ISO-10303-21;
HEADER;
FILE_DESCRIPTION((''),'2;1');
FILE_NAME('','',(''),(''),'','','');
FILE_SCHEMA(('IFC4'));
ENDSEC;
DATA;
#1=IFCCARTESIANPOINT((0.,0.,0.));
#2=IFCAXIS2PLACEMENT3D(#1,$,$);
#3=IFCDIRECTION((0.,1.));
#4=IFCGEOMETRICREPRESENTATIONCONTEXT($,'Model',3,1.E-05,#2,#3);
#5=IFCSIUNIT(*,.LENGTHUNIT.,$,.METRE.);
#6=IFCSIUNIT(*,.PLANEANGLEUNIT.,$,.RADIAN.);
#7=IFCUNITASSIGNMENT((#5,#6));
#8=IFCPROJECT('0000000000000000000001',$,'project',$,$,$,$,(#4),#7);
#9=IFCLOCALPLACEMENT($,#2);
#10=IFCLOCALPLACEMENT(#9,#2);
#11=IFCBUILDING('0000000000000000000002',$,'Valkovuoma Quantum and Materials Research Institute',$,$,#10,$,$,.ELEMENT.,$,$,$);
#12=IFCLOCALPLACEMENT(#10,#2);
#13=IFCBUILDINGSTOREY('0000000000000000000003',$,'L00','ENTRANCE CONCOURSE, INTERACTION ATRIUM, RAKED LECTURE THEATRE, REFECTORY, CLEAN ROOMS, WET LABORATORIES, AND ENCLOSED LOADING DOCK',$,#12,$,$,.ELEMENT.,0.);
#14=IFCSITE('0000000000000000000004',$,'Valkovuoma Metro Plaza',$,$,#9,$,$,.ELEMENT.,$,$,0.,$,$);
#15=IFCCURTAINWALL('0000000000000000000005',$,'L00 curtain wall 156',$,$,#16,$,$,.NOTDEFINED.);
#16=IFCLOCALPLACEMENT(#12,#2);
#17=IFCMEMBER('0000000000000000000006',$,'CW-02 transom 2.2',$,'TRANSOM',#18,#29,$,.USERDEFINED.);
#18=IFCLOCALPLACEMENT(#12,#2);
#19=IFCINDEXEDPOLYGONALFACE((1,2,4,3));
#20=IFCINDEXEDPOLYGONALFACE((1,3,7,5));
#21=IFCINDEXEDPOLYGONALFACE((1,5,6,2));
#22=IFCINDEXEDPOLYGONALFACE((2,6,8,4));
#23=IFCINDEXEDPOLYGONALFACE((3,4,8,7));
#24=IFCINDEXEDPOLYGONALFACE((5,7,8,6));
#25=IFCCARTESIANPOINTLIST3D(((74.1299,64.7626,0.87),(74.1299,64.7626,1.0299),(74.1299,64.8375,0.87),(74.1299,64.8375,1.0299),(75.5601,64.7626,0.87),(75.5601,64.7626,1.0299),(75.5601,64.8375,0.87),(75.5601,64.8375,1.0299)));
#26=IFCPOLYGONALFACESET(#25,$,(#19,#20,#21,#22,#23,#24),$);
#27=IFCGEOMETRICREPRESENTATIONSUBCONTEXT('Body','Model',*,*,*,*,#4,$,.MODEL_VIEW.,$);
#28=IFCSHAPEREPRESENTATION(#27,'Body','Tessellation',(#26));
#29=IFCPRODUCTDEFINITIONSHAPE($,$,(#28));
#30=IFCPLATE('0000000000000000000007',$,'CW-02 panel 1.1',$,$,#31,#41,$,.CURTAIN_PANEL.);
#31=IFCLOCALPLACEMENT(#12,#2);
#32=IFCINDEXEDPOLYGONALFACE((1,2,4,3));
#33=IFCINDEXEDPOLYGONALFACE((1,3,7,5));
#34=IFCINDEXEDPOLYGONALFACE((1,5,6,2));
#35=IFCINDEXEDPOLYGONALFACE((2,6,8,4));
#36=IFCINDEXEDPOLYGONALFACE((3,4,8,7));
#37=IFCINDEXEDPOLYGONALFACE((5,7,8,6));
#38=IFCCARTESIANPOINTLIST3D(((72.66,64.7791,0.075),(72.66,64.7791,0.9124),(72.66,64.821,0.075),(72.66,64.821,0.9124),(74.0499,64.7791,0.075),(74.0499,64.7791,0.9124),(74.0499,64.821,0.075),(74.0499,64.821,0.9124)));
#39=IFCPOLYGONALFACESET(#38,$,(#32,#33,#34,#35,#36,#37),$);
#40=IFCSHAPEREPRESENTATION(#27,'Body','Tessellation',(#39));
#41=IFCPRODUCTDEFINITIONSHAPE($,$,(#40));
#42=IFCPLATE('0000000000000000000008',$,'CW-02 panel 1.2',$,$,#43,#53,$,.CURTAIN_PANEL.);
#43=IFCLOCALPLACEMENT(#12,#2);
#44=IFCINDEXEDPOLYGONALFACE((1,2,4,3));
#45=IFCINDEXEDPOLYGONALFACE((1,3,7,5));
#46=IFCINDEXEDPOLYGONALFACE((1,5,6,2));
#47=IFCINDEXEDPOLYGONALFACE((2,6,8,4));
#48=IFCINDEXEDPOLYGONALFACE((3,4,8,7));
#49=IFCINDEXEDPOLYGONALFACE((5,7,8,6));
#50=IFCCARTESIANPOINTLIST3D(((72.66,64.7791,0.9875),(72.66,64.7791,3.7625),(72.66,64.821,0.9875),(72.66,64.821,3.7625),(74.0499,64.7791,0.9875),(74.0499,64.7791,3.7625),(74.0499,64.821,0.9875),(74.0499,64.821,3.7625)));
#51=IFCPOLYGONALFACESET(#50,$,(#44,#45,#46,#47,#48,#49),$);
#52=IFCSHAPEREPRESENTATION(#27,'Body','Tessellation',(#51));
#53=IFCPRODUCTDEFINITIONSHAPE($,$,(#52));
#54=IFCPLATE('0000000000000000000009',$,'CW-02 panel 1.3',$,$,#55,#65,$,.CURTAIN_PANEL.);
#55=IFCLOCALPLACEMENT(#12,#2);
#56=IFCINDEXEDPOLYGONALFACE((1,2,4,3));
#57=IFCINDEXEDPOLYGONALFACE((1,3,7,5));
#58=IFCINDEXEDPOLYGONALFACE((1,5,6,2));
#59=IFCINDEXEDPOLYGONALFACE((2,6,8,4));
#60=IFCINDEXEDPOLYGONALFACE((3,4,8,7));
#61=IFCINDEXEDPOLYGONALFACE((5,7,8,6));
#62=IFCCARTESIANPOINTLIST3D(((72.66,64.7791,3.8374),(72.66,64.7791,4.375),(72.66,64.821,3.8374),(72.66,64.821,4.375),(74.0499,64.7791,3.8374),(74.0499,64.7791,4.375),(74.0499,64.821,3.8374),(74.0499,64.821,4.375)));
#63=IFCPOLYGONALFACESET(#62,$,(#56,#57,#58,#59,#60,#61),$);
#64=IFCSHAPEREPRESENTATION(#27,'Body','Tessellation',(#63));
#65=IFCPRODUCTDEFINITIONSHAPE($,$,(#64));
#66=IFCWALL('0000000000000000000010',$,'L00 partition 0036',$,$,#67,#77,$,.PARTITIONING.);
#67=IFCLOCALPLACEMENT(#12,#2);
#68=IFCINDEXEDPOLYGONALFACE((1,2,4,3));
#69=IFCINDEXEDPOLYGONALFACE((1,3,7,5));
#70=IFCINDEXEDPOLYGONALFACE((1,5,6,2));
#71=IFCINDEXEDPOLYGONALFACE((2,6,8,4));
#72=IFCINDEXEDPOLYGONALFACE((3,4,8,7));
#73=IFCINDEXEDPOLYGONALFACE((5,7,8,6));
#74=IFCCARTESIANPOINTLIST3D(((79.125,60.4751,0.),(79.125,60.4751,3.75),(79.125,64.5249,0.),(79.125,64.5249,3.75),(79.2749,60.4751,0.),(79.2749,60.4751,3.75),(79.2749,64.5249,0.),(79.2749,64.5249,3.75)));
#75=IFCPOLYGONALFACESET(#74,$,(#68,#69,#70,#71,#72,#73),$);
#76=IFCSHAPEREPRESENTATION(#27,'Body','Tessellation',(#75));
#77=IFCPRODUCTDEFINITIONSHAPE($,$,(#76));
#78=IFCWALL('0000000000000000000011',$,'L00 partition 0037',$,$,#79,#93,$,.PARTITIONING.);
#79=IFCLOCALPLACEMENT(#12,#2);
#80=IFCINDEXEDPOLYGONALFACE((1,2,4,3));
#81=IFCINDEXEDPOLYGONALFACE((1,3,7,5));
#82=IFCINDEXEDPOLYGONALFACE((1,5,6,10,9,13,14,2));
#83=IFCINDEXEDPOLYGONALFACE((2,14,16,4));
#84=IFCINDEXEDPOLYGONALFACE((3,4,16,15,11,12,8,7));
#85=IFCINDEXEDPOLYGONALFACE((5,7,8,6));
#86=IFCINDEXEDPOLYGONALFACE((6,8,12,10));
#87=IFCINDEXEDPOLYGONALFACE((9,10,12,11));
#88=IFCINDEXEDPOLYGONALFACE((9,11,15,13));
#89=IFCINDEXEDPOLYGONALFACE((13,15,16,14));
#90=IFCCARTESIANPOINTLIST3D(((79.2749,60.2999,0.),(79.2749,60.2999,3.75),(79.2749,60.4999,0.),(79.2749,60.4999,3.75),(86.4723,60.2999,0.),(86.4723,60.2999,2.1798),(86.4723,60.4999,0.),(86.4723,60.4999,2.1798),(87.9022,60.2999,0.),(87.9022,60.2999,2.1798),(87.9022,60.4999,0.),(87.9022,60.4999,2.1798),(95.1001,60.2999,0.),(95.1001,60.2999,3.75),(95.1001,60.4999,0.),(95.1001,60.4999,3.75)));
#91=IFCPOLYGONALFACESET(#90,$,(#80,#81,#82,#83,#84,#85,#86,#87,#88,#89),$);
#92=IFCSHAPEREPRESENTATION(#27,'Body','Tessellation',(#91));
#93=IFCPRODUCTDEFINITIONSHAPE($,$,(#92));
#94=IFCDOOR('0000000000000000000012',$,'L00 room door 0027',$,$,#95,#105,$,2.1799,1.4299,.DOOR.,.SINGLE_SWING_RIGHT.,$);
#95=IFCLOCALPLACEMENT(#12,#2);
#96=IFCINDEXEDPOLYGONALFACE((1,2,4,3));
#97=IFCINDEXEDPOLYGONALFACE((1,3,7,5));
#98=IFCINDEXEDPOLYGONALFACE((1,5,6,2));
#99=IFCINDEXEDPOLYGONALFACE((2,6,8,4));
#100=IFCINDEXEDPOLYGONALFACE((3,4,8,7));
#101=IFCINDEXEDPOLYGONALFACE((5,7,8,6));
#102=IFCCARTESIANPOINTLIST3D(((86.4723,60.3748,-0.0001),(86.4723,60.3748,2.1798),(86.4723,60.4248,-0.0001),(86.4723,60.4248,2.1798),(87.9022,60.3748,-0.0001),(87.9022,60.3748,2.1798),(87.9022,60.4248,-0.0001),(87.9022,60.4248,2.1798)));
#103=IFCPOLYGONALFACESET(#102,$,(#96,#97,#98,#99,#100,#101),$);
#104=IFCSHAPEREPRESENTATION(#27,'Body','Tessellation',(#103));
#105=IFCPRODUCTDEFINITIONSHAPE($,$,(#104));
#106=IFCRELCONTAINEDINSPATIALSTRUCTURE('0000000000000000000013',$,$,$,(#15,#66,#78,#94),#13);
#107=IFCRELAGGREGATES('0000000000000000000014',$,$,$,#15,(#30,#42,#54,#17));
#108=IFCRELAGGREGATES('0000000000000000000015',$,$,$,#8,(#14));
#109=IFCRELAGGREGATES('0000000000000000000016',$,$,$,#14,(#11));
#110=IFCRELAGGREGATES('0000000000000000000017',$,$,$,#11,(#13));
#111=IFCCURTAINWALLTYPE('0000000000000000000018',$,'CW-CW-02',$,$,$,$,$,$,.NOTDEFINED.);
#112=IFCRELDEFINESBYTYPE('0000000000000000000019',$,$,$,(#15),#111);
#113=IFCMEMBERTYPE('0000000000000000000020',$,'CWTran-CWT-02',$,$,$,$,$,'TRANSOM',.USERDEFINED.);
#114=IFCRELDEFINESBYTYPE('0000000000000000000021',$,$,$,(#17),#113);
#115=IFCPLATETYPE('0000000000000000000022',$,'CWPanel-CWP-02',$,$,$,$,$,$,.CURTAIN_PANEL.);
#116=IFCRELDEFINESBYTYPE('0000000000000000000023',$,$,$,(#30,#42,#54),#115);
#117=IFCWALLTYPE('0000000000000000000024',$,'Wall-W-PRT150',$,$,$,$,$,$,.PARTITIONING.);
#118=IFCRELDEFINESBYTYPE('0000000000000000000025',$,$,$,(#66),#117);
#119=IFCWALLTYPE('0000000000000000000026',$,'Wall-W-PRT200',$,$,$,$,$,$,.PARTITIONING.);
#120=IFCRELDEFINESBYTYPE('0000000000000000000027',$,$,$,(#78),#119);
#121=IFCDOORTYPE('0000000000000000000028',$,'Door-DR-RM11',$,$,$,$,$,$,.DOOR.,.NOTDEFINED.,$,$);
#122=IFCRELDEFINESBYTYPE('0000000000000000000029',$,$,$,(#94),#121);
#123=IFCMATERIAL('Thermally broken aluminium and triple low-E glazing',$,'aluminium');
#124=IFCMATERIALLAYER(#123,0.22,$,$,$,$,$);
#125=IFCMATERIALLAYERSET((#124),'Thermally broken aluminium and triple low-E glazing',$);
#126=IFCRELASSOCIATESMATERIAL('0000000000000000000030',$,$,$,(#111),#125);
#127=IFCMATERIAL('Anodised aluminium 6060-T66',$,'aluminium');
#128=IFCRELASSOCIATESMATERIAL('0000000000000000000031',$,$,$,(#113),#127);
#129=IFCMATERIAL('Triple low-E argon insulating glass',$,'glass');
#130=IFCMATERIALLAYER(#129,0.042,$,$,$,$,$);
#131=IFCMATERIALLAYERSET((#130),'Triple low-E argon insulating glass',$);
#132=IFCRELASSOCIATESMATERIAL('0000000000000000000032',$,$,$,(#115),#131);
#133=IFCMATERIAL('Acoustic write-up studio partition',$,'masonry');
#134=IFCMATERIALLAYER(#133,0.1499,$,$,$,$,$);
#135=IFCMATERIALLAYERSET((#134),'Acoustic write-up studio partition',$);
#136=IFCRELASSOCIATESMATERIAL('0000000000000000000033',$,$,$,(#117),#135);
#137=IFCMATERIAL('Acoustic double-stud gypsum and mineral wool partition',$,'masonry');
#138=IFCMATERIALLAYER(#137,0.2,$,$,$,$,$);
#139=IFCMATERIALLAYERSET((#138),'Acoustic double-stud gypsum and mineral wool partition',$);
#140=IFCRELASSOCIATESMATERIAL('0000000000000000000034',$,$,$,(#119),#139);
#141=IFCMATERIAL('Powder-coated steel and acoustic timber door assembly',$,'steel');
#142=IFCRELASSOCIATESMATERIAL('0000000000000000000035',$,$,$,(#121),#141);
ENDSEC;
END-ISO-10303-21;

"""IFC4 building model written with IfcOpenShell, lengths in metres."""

from ifc_helpers import new_model, si_unit, direction, frame, frame_2d, origin, origin_2d, place, context, subcontext, project, spatial, rectangle, extrude, material, layer, layer_set, material_profile, profile_set, type_object, element, fill, aggregate, save


model = new_model("IFC4")

# Units and contexts
model_context = context("Model", 3, precision=1e-05, world=origin(), true_north=direction((0.0, 1.0)))
body_context = subcontext(model_context, "Body", "Model", "MODEL_VIEW")
ifc_project = project(units=[si_unit("LENGTHUNIT", "METRE"), si_unit("PLANEANGLEUNIT", "RADIAN")], contexts=[model_context])

# Site, building, storey
site_placement = place(None, origin())
site = spatial("IfcSite", under=ifc_project, at=site_placement, Name="Valkovuoma Metro Plaza", CompositionType="ELEMENT", RefElevation=0.0)
building_placement = place(site_placement, origin())
building = spatial("IfcBuilding", under=site, at=building_placement, Name="Valkovuoma Quantum and Materials Research Institute", CompositionType="ELEMENT")
storey_placement = place(building_placement, origin())
storey = spatial("IfcBuildingStorey", under=building, at=storey_placement, Name="L00", Description="ENTRANCE CONCOURSE, INTERACTION ATRIUM, RAKED LECTURE THEATRE, REFECTORY, CLEAN ROOMS, WET LABORATORIES, AND ENCLOSED LOADING DOCK", CompositionType="ELEMENT", Elevation=0.0)

# Curtain wall, member, plates
ifc_material_1 = material(Name="Thermally broken aluminium and triple low-E glazing", Category="aluminium")
ifc_layer_1 = layer(ifc_material_1, 0.22)
ifc_layer_set_1 = layer_set([ifc_layer_1], Name="Thermally broken aluminium and triple low-E glazing")
curtain_wall_type = type_object("IfcCurtainWallType", Name="CW-CW-02", PredefinedType="NOTDEFINED", material=ifc_layer_set_1)
curtain_wall_placement = place(storey_placement, origin())
curtain_wall = element("IfcCurtainWall", 1, at=curtain_wall_placement, inside=storey, type_object=curtain_wall_type, Name="L00 curtain wall 156", PredefinedType="NOTDEFINED")
ifc_material_2 = material(Name="Anodised aluminium 6060-T66", Category="aluminium")
ifc_material_profile_1 = material_profile(ifc_material_2, rectangle(XDim=0.075, YDim=0.1599, at=origin_2d()), Name="Anodised aluminium 6060-T66")
ifc_profile_set_1 = profile_set([ifc_material_profile_1], Name="Anodised aluminium 6060-T66")
member_type_1 = type_object("IfcMemberType", Name="CWTran-CWT-02", ElementType="TRANSOM", PredefinedType="USERDEFINED", material=ifc_profile_set_1)
member_1_placement = place(storey_placement, frame((74.1299, 64.8, 0.95), z_axis=(1.0, 0.0, 0.0), x_axis=(0.0, 1.0, 0.0)))
member_1 = element("IfcMember", 2, at=member_1_placement, type_object=member_type_1, Name="CW-02 transom 2.2", ObjectType="TRANSOM", PredefinedType="USERDEFINED", context=body_context, shape_type="SweptSolid", body=[
    extrude(rectangle(XDim=0.075, YDim=0.1599, at=origin_2d()), origin(), (0.0, 0.0, 1.0), 1.4302),
])
ifc_material_3 = material(Name="Triple low-E argon insulating glass", Category="glass")
ifc_layer_2 = layer(ifc_material_3, 0.042)
ifc_layer_set_2 = layer_set([ifc_layer_2], Name="Triple low-E argon insulating glass")
plate_type = type_object("IfcPlateType", Name="CWPanel-CWP-02", PredefinedType="CURTAIN_PANEL", material=ifc_layer_set_2)
plate_1_placement = place(storey_placement, frame((73.355, 64.8, 0.075), z_axis=(0.0, 0.0, 1.0), x_axis=(1.0, 0.0, 0.0)))
plate_1 = element("IfcPlate", 3, at=plate_1_placement, type_object=plate_type, Name="CW-02 panel 1.1", PredefinedType="CURTAIN_PANEL", context=body_context, shape_type="SweptSolid", body=[
    extrude(rectangle(XDim=1.3899, YDim=0.042, at=origin_2d()), origin(), (0.0, 0.0, 1.0), 0.8374),
])
plate_2_placement = place(storey_placement, frame((73.355, 64.8, 0.9875), z_axis=(0.0, 0.0, 1.0), x_axis=(1.0, 0.0, 0.0)))
plate_2 = element("IfcPlate", 4, at=plate_2_placement, type_object=plate_type, Name="CW-02 panel 1.2", PredefinedType="CURTAIN_PANEL", context=body_context, shape_type="SweptSolid", body=[
    extrude(rectangle(XDim=1.3899, YDim=0.042, at=origin_2d()), origin(), (0.0, 0.0, 1.0), 2.7749),
])
plate_3_placement = place(storey_placement, frame((73.355, 64.8, 3.8374), z_axis=(0.0, 0.0, 1.0), x_axis=(1.0, 0.0, 0.0)))
plate_3 = element("IfcPlate", 5, at=plate_3_placement, type_object=plate_type, Name="CW-02 panel 1.3", PredefinedType="CURTAIN_PANEL", context=body_context, shape_type="SweptSolid", body=[
    extrude(rectangle(XDim=1.3899, YDim=0.042, at=origin_2d()), origin(), (0.0, 0.0, 1.0), 0.5376),
])
aggregate(curtain_wall, [plate_1, plate_2, plate_3, member_1])

# Wall
ifc_material_4 = material(Name="Acoustic write-up studio partition", Category="masonry")
ifc_layer_3 = layer(ifc_material_4, 0.1499)
ifc_layer_set_3 = layer_set([ifc_layer_3], Name="Acoustic write-up studio partition")
wall_type_1 = type_object("IfcWallType", Name="Wall-W-PRT150", PredefinedType="PARTITIONING", material=ifc_layer_set_3)
wall_1_placement = place(storey_placement, frame((79.2, 60.4751, 0.0), z_axis=(0.0, 0.0, 1.0), x_axis=(0.0, 1.0, 0.0)))
element("IfcWall", 6, at=wall_1_placement, inside=storey, type_object=wall_type_1, Name="L00 partition 0036", PredefinedType="PARTITIONING", context=body_context, shape_type="SweptSolid", body=[
    extrude(rectangle(XDim=4.0498, YDim=0.1499, at=frame_2d((2.0249, 0.0))), origin(), (0.0, 0.0, 1.0), 3.75),
])

# Wall, opening, door
ifc_material_5 = material(Name="Acoustic double-stud gypsum and mineral wool partition", Category="masonry")
ifc_layer_4 = layer(ifc_material_5, 0.2)
ifc_layer_set_4 = layer_set([ifc_layer_4], Name="Acoustic double-stud gypsum and mineral wool partition")
wall_type_2 = type_object("IfcWallType", Name="Wall-W-PRT200", PredefinedType="PARTITIONING", material=ifc_layer_set_4)
wall_2_placement = place(storey_placement, frame((79.2749, 60.3999, 0.0), z_axis=(0.0, 0.0, 1.0), x_axis=(1.0, 0.0, 0.0)))
wall_2 = element("IfcWall", 7, at=wall_2_placement, inside=storey, type_object=wall_type_2, Name="L00 partition 0037", PredefinedType="PARTITIONING", context=body_context, shape_type="SweptSolid", body=[
    extrude(rectangle(XDim=15.8252, YDim=0.2, at=frame_2d((7.9126, 0.0))), origin(), (0.0, 0.0, 1.0), 3.75),
])
opening_placement = place(wall_2_placement, frame((7.1975, 0.0, 0.0)))
opening = element("IfcOpeningElement", 8, at=opening_placement, cuts=wall_2, PredefinedType="OPENING", context=body_context, shape_type="SweptSolid", body=[
    extrude(rectangle(XDim=1.4299, YDim=2.1799, at=frame_2d((0.7148, 1.0898))), frame((0.0, 0.1099, 0.0), z_axis=(0.0, -1.0, 0.0), x_axis=(1.0, 0.0, 0.0)), (0.0, 0.0, 1.0), 0.22),
])
ifc_material_6 = material(Name="Powder-coated steel and acoustic timber door assembly", Category="steel")
door_type = type_object("IfcDoorType", Name="Door-DR-RM11", OperationType="NOTDEFINED", PredefinedType="DOOR", material=ifc_material_6)
door_placement = place(opening_placement, origin())
door = element("IfcDoor", 9, at=door_placement, inside=storey, type_object=door_type, Name="L00 room door 0027", OperationType="SINGLE_SWING_RIGHT", OverallHeight=2.1799, OverallWidth=1.4299, PredefinedType="DOOR", context=body_context, shape_type="SweptSolid", body=[
    extrude(rectangle(XDim=1.4299, YDim=2.1799, at=frame_2d((0.7148, 1.0898))), frame((0.0, 0.0249, 0.0), z_axis=(0.0, -1.0, 0.0), x_axis=(1.0, 0.0, 0.0)), (0.0, 0.0, 1.0), 0.05),
])
fill(opening, door)

save(model, "model.ifc")
